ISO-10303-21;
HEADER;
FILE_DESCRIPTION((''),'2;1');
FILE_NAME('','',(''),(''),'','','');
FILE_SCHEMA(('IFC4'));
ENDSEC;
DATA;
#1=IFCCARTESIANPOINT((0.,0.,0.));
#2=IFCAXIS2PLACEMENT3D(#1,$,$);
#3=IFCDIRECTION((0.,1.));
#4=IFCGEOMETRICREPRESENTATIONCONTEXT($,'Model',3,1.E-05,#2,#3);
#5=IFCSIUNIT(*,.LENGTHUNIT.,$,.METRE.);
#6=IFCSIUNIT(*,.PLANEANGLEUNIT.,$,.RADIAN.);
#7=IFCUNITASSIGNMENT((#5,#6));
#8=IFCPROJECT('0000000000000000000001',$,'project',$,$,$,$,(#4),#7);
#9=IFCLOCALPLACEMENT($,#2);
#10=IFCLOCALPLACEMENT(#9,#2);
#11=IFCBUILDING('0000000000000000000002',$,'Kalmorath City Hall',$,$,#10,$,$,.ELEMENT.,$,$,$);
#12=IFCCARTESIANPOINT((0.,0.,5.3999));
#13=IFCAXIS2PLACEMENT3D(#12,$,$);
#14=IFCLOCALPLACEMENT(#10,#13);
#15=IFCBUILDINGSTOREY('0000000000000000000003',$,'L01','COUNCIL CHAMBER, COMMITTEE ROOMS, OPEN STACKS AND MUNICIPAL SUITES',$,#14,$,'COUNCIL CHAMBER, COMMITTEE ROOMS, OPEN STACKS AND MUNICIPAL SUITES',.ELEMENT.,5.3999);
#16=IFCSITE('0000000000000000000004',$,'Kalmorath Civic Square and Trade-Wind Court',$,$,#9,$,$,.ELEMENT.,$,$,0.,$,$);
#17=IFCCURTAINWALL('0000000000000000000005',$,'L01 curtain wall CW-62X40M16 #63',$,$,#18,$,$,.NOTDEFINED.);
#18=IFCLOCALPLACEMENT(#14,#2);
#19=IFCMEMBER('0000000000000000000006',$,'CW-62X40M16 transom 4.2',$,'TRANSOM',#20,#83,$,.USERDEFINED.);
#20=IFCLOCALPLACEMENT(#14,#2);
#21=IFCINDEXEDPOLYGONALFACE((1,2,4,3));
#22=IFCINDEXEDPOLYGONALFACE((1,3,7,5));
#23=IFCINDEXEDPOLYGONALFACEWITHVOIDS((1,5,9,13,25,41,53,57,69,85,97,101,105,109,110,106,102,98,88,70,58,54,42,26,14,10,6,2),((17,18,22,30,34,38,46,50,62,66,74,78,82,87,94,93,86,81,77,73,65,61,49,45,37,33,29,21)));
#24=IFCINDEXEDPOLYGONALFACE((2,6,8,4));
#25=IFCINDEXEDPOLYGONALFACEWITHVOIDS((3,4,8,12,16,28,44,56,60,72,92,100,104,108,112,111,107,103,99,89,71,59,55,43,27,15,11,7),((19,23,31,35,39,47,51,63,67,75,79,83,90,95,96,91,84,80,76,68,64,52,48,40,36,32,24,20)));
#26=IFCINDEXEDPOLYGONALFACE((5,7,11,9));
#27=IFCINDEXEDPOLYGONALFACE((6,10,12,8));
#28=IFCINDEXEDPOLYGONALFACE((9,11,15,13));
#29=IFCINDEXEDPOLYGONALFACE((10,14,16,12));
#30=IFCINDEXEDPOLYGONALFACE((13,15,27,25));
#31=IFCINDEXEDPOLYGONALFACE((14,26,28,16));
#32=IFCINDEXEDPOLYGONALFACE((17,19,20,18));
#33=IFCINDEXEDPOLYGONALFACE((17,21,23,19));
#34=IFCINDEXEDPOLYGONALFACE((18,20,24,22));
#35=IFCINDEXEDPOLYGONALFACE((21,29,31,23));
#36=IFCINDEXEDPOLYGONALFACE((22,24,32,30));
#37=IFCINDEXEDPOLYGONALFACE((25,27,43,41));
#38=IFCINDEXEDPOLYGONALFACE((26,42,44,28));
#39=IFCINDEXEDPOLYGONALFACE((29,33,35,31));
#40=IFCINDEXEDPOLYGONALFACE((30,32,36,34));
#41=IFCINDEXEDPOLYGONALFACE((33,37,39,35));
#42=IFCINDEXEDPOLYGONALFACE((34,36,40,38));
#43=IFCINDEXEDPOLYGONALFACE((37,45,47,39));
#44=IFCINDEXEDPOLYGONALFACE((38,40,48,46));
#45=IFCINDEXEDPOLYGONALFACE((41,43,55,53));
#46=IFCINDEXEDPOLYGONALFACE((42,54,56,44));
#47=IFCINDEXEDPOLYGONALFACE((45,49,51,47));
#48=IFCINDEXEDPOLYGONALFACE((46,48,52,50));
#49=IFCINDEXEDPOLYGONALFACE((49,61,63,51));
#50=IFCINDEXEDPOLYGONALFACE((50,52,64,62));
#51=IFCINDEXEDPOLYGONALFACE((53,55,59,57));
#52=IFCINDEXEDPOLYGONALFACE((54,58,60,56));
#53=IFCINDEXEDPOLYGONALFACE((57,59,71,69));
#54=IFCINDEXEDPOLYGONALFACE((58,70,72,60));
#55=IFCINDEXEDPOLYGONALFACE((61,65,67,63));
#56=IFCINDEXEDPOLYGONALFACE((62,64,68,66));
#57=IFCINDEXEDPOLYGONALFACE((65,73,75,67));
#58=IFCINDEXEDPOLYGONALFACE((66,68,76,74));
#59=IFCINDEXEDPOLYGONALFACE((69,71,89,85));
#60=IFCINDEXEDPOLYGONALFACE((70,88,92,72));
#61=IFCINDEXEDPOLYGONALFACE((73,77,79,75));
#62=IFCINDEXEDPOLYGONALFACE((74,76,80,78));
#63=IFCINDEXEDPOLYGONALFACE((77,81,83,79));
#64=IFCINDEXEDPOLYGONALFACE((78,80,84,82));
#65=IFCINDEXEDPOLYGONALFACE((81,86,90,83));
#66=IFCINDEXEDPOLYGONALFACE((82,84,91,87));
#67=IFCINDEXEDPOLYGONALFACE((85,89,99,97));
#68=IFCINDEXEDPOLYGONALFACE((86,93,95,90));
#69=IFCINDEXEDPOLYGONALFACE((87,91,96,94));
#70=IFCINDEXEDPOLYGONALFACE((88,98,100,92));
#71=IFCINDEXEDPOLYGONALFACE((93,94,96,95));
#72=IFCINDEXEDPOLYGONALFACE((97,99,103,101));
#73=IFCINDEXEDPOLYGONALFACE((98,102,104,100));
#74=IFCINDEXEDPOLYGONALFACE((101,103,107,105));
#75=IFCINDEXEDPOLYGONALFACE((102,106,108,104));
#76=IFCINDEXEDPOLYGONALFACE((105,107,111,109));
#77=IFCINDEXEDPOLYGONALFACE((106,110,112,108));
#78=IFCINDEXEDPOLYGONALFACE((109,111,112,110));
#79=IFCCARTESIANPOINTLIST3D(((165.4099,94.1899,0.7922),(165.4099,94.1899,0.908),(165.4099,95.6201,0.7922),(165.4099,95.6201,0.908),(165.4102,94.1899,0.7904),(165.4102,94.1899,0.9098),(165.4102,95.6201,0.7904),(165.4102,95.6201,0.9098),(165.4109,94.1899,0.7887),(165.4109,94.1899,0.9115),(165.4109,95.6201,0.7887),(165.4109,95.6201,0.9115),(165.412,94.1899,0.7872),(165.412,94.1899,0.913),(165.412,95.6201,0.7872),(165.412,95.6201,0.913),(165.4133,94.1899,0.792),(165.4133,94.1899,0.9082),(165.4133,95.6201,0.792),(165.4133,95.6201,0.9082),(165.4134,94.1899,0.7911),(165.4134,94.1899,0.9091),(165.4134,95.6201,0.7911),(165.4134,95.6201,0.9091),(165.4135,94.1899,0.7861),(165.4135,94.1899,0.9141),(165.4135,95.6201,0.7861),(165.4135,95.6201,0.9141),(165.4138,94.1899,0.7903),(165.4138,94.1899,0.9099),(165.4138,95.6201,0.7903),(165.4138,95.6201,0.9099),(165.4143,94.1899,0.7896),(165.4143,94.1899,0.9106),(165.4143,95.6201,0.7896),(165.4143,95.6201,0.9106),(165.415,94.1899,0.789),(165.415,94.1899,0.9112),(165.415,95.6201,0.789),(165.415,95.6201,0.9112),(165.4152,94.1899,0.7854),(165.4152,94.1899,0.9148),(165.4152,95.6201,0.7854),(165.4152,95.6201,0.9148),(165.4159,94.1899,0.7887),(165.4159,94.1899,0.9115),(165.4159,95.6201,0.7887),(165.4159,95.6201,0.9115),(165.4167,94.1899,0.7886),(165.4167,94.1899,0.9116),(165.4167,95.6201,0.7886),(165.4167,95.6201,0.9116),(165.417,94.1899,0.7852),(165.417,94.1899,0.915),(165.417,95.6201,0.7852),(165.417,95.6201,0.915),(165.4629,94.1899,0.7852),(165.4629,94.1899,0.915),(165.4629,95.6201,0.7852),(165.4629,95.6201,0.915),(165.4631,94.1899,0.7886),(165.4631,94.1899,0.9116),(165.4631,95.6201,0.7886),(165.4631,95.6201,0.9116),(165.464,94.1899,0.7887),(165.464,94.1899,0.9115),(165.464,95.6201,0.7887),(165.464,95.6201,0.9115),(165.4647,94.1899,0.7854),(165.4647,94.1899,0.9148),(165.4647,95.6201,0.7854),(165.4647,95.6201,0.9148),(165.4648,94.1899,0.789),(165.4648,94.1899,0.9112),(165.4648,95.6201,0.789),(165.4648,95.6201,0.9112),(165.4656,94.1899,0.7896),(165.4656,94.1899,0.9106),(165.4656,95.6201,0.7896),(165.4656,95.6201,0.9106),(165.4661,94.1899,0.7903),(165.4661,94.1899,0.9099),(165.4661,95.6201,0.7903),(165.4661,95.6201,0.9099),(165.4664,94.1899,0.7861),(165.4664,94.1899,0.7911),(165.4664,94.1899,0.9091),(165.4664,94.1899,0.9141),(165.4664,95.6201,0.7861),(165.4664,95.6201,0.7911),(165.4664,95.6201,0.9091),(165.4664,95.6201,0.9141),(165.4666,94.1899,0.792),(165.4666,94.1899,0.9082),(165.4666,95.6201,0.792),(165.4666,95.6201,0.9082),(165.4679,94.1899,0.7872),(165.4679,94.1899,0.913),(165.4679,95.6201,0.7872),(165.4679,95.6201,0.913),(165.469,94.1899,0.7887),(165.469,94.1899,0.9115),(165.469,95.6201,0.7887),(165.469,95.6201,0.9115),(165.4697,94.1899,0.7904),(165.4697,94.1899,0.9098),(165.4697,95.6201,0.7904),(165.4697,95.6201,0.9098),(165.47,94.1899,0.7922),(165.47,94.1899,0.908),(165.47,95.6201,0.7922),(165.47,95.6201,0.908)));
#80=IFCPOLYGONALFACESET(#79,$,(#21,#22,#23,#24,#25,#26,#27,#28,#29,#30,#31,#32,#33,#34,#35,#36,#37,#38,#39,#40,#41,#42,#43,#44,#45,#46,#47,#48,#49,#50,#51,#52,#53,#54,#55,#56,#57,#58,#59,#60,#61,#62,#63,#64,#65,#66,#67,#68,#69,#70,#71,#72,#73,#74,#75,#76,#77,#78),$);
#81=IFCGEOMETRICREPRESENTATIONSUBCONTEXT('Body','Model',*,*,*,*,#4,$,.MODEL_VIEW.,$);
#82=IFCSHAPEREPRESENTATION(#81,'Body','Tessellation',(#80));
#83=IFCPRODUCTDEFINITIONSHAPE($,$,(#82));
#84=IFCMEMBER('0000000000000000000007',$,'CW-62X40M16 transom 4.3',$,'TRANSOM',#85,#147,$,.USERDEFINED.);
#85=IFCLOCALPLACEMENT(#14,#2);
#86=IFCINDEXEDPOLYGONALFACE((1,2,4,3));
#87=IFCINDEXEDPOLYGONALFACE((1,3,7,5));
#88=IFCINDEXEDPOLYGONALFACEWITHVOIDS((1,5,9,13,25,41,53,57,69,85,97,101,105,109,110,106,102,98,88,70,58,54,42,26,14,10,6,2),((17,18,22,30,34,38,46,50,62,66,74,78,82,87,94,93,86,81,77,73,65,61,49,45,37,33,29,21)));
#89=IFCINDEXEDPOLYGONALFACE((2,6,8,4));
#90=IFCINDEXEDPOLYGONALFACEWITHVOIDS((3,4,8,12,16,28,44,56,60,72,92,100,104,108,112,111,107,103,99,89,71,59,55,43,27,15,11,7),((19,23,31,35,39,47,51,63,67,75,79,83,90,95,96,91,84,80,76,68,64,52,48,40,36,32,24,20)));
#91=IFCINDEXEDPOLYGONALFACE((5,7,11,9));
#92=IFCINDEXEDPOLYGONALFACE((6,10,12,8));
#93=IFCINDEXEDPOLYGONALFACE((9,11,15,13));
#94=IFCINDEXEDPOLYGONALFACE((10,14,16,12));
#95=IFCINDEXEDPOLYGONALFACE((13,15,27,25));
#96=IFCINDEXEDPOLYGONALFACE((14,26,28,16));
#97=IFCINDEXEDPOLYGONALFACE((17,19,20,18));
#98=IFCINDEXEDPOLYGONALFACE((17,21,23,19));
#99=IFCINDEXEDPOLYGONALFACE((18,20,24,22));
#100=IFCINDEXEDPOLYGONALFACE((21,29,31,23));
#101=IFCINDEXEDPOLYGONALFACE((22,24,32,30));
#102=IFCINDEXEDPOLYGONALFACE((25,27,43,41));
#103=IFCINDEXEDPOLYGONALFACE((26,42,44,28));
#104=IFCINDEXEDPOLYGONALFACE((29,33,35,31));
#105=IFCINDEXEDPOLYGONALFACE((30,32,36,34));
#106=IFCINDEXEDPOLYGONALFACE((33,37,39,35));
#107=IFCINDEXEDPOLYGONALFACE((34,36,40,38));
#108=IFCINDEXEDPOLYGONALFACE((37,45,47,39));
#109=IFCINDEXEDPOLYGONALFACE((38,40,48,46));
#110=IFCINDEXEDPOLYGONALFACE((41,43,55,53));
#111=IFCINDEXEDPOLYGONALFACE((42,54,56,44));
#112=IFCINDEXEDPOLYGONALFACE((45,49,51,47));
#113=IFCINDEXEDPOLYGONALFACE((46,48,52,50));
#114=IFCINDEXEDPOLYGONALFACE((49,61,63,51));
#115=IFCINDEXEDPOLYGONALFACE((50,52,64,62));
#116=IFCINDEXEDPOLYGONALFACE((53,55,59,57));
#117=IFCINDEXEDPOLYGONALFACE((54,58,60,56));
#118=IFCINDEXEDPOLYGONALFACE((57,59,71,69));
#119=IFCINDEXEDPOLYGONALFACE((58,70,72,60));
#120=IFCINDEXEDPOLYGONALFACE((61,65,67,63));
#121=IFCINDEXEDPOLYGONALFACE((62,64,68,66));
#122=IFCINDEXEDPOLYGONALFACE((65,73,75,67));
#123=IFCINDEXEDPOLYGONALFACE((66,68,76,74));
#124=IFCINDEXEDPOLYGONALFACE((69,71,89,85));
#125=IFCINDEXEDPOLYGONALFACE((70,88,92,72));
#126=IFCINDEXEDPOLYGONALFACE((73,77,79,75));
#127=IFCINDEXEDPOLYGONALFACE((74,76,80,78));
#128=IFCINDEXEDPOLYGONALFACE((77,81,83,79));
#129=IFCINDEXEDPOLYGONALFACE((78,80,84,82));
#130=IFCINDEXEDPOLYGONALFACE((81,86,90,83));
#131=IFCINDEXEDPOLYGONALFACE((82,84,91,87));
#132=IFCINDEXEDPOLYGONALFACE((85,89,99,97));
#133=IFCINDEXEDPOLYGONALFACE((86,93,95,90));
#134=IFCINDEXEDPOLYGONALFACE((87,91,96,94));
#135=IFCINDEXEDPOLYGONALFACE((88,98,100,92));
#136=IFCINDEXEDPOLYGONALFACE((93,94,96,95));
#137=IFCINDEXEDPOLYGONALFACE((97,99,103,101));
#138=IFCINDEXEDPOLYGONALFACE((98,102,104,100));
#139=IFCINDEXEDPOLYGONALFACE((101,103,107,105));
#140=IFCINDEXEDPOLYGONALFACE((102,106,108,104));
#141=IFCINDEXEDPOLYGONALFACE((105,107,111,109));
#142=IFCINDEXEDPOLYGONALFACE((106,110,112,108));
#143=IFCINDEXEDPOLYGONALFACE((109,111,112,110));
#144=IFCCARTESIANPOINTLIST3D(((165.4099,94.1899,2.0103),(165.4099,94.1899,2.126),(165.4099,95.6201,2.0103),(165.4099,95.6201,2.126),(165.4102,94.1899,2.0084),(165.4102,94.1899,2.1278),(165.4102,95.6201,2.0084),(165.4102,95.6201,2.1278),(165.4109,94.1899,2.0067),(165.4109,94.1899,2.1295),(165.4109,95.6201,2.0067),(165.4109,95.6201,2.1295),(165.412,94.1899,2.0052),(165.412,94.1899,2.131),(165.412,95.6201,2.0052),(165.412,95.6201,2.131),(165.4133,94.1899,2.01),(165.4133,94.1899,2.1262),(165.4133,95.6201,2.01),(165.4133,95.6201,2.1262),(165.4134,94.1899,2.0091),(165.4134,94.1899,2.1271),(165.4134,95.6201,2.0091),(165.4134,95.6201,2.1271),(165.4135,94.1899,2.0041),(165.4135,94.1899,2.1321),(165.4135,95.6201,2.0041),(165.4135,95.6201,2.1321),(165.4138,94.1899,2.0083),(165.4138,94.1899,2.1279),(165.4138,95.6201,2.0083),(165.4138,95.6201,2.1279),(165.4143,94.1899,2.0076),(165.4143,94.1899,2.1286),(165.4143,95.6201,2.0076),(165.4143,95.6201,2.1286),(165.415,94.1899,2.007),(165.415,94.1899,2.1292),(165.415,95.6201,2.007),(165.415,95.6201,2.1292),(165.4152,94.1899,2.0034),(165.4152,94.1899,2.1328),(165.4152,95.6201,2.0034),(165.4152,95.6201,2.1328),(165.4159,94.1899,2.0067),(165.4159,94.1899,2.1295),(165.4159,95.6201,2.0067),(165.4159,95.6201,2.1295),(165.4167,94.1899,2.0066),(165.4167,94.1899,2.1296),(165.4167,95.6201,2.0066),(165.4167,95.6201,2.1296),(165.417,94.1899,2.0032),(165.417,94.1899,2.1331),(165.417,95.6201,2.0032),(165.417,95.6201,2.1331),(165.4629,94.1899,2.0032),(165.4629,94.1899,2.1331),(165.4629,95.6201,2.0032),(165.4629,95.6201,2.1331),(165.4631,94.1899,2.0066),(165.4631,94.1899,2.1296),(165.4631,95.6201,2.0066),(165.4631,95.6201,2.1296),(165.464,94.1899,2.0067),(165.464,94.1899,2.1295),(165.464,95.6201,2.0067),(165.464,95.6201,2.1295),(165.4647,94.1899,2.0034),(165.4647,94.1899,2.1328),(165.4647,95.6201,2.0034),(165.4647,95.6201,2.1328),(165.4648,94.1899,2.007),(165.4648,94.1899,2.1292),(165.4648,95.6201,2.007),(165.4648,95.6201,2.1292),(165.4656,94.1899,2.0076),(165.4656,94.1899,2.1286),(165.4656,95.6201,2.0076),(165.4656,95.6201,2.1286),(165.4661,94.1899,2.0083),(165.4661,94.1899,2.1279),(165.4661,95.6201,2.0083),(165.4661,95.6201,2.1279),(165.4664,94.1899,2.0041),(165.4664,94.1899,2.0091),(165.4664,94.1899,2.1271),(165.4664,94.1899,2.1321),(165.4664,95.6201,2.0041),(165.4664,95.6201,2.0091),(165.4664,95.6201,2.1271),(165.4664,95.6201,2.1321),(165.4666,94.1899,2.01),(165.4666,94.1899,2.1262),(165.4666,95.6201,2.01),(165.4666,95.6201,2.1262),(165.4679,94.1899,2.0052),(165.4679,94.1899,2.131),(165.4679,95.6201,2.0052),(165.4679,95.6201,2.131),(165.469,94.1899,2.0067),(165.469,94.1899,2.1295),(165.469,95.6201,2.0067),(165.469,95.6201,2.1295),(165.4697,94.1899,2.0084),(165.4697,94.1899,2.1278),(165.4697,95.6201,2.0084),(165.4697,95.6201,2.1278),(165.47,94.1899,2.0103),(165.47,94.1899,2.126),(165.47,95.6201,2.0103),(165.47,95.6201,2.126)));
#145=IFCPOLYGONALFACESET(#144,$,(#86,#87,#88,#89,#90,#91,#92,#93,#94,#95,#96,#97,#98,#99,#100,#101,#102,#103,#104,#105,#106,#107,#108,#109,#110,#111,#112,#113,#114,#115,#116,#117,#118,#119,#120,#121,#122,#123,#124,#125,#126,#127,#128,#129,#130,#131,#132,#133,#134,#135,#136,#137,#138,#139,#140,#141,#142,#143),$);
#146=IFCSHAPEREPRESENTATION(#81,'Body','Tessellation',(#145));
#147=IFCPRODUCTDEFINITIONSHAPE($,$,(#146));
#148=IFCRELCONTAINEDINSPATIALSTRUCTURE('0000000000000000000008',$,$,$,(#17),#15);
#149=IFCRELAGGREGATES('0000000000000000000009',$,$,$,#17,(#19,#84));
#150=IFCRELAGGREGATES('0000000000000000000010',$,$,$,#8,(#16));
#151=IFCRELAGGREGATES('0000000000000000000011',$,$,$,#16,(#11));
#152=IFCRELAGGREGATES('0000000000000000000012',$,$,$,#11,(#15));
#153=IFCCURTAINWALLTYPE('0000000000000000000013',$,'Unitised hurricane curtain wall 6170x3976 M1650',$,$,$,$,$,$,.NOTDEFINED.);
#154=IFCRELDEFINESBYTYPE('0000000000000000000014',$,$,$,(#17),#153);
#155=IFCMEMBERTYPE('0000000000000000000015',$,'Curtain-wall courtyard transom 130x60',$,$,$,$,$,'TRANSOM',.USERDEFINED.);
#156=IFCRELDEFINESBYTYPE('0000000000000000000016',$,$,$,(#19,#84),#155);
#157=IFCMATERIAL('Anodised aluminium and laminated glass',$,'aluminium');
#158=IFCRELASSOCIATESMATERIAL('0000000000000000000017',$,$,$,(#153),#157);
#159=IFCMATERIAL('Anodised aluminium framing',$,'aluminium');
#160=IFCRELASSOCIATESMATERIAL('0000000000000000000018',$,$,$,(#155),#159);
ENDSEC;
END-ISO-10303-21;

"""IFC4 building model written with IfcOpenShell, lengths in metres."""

from ifc_helpers import new_model, si_unit, direction, frame, origin, origin_2d, place, context, subcontext, project, spatial, hollow_rectangle, extrude, material, material_profile, profile_set, type_object, element, aggregate, save


model = new_model("IFC4")

# Units and contexts
model_context = context("Model", 3, precision=1e-05, world=origin(), true_north=direction((0.0, 1.0)))
body_context = subcontext(model_context, "Body", "Model", "MODEL_VIEW")
ifc_project = project(units=[si_unit("LENGTHUNIT", "METRE"), si_unit("PLANEANGLEUNIT", "RADIAN")], contexts=[model_context])

# Site, building, storey
site_placement = place(None, origin())
site = spatial("IfcSite", under=ifc_project, at=site_placement, Name="Kalmorath Civic Square and Trade-Wind Court", CompositionType="ELEMENT", RefElevation=0.0)
building_placement = place(site_placement, origin())
building = spatial("IfcBuilding", under=site, at=building_placement, Name="Kalmorath City Hall", CompositionType="ELEMENT")
storey_placement = place(building_placement, frame((0.0, 0.0, 5.3999)))
storey = spatial("IfcBuildingStorey", under=building, at=storey_placement, Name="L01", Description="COUNCIL CHAMBER, COMMITTEE ROOMS, OPEN STACKS AND MUNICIPAL SUITES", LongName="COUNCIL CHAMBER, COMMITTEE ROOMS, OPEN STACKS AND MUNICIPAL SUITES", CompositionType="ELEMENT", Elevation=5.3999)

# Curtain wall, members
ifc_material_1 = material(Name="Anodised aluminium and laminated glass", Category="aluminium")
curtain_wall_type = type_object("IfcCurtainWallType", Name="Unitised hurricane curtain wall 6170x3976 M1650", PredefinedType="NOTDEFINED", material=ifc_material_1)
curtain_wall_placement = place(storey_placement, origin())
curtain_wall = element("IfcCurtainWall", 1, at=curtain_wall_placement, inside=storey, type_object=curtain_wall_type, Name="L01 curtain wall CW-62X40M16 #63", PredefinedType="NOTDEFINED")
ifc_material_2 = material(Name="Anodised aluminium framing", Category="aluminium")
ifc_material_profile_1 = material_profile(ifc_material_2, hollow_rectangle(XDim=0.0601, YDim=0.1299, WallThickness=0.0034, InnerFilletRadius=0.0034, OuterFilletRadius=0.0071, at=origin_2d()), Name="ALU-TRN-130X60X3.5")
ifc_profile_set_1 = profile_set([ifc_material_profile_1], Name="Anodised aluminium framing")
member_type_1 = type_object("IfcMemberType", Name="Curtain-wall courtyard transom 130x60", ElementType="TRANSOM", PredefinedType="USERDEFINED", material=ifc_profile_set_1)
member_1_placement = place(storey_placement, frame((165.4399, 95.6201, 0.8501), z_axis=(0.0, -1.0, 0.0), x_axis=(1.0, 0.0, 0.0)))
member_1 = element("IfcMember", 2, at=member_1_placement, type_object=member_type_1, Name="CW-62X40M16 transom 4.2", ObjectType="TRANSOM", PredefinedType="USERDEFINED", context=body_context, shape_type="SweptSolid", body=[
    extrude(hollow_rectangle(XDim=0.0601, YDim=0.1299, WallThickness=0.0034, InnerFilletRadius=0.0034, OuterFilletRadius=0.0071, at=origin_2d()), origin(), (0.0, 0.0, 1.0), 1.4302),
])
member_2_placement = place(storey_placement, frame((165.4399, 95.6201, 2.0681), z_axis=(0.0, -1.0, 0.0), x_axis=(1.0, 0.0, 0.0)))
member_2 = element("IfcMember", 3, at=member_2_placement, type_object=member_type_1, Name="CW-62X40M16 transom 4.3", ObjectType="TRANSOM", PredefinedType="USERDEFINED", context=body_context, shape_type="SweptSolid", body=[
    extrude(hollow_rectangle(XDim=0.0601, YDim=0.1299, WallThickness=0.0034, InnerFilletRadius=0.0034, OuterFilletRadius=0.0071, at=origin_2d()), origin(), (0.0, 0.0, 1.0), 1.4302),
])

aggregate(curtain_wall, [member_1, member_2])

save(model, "model.ifc")
